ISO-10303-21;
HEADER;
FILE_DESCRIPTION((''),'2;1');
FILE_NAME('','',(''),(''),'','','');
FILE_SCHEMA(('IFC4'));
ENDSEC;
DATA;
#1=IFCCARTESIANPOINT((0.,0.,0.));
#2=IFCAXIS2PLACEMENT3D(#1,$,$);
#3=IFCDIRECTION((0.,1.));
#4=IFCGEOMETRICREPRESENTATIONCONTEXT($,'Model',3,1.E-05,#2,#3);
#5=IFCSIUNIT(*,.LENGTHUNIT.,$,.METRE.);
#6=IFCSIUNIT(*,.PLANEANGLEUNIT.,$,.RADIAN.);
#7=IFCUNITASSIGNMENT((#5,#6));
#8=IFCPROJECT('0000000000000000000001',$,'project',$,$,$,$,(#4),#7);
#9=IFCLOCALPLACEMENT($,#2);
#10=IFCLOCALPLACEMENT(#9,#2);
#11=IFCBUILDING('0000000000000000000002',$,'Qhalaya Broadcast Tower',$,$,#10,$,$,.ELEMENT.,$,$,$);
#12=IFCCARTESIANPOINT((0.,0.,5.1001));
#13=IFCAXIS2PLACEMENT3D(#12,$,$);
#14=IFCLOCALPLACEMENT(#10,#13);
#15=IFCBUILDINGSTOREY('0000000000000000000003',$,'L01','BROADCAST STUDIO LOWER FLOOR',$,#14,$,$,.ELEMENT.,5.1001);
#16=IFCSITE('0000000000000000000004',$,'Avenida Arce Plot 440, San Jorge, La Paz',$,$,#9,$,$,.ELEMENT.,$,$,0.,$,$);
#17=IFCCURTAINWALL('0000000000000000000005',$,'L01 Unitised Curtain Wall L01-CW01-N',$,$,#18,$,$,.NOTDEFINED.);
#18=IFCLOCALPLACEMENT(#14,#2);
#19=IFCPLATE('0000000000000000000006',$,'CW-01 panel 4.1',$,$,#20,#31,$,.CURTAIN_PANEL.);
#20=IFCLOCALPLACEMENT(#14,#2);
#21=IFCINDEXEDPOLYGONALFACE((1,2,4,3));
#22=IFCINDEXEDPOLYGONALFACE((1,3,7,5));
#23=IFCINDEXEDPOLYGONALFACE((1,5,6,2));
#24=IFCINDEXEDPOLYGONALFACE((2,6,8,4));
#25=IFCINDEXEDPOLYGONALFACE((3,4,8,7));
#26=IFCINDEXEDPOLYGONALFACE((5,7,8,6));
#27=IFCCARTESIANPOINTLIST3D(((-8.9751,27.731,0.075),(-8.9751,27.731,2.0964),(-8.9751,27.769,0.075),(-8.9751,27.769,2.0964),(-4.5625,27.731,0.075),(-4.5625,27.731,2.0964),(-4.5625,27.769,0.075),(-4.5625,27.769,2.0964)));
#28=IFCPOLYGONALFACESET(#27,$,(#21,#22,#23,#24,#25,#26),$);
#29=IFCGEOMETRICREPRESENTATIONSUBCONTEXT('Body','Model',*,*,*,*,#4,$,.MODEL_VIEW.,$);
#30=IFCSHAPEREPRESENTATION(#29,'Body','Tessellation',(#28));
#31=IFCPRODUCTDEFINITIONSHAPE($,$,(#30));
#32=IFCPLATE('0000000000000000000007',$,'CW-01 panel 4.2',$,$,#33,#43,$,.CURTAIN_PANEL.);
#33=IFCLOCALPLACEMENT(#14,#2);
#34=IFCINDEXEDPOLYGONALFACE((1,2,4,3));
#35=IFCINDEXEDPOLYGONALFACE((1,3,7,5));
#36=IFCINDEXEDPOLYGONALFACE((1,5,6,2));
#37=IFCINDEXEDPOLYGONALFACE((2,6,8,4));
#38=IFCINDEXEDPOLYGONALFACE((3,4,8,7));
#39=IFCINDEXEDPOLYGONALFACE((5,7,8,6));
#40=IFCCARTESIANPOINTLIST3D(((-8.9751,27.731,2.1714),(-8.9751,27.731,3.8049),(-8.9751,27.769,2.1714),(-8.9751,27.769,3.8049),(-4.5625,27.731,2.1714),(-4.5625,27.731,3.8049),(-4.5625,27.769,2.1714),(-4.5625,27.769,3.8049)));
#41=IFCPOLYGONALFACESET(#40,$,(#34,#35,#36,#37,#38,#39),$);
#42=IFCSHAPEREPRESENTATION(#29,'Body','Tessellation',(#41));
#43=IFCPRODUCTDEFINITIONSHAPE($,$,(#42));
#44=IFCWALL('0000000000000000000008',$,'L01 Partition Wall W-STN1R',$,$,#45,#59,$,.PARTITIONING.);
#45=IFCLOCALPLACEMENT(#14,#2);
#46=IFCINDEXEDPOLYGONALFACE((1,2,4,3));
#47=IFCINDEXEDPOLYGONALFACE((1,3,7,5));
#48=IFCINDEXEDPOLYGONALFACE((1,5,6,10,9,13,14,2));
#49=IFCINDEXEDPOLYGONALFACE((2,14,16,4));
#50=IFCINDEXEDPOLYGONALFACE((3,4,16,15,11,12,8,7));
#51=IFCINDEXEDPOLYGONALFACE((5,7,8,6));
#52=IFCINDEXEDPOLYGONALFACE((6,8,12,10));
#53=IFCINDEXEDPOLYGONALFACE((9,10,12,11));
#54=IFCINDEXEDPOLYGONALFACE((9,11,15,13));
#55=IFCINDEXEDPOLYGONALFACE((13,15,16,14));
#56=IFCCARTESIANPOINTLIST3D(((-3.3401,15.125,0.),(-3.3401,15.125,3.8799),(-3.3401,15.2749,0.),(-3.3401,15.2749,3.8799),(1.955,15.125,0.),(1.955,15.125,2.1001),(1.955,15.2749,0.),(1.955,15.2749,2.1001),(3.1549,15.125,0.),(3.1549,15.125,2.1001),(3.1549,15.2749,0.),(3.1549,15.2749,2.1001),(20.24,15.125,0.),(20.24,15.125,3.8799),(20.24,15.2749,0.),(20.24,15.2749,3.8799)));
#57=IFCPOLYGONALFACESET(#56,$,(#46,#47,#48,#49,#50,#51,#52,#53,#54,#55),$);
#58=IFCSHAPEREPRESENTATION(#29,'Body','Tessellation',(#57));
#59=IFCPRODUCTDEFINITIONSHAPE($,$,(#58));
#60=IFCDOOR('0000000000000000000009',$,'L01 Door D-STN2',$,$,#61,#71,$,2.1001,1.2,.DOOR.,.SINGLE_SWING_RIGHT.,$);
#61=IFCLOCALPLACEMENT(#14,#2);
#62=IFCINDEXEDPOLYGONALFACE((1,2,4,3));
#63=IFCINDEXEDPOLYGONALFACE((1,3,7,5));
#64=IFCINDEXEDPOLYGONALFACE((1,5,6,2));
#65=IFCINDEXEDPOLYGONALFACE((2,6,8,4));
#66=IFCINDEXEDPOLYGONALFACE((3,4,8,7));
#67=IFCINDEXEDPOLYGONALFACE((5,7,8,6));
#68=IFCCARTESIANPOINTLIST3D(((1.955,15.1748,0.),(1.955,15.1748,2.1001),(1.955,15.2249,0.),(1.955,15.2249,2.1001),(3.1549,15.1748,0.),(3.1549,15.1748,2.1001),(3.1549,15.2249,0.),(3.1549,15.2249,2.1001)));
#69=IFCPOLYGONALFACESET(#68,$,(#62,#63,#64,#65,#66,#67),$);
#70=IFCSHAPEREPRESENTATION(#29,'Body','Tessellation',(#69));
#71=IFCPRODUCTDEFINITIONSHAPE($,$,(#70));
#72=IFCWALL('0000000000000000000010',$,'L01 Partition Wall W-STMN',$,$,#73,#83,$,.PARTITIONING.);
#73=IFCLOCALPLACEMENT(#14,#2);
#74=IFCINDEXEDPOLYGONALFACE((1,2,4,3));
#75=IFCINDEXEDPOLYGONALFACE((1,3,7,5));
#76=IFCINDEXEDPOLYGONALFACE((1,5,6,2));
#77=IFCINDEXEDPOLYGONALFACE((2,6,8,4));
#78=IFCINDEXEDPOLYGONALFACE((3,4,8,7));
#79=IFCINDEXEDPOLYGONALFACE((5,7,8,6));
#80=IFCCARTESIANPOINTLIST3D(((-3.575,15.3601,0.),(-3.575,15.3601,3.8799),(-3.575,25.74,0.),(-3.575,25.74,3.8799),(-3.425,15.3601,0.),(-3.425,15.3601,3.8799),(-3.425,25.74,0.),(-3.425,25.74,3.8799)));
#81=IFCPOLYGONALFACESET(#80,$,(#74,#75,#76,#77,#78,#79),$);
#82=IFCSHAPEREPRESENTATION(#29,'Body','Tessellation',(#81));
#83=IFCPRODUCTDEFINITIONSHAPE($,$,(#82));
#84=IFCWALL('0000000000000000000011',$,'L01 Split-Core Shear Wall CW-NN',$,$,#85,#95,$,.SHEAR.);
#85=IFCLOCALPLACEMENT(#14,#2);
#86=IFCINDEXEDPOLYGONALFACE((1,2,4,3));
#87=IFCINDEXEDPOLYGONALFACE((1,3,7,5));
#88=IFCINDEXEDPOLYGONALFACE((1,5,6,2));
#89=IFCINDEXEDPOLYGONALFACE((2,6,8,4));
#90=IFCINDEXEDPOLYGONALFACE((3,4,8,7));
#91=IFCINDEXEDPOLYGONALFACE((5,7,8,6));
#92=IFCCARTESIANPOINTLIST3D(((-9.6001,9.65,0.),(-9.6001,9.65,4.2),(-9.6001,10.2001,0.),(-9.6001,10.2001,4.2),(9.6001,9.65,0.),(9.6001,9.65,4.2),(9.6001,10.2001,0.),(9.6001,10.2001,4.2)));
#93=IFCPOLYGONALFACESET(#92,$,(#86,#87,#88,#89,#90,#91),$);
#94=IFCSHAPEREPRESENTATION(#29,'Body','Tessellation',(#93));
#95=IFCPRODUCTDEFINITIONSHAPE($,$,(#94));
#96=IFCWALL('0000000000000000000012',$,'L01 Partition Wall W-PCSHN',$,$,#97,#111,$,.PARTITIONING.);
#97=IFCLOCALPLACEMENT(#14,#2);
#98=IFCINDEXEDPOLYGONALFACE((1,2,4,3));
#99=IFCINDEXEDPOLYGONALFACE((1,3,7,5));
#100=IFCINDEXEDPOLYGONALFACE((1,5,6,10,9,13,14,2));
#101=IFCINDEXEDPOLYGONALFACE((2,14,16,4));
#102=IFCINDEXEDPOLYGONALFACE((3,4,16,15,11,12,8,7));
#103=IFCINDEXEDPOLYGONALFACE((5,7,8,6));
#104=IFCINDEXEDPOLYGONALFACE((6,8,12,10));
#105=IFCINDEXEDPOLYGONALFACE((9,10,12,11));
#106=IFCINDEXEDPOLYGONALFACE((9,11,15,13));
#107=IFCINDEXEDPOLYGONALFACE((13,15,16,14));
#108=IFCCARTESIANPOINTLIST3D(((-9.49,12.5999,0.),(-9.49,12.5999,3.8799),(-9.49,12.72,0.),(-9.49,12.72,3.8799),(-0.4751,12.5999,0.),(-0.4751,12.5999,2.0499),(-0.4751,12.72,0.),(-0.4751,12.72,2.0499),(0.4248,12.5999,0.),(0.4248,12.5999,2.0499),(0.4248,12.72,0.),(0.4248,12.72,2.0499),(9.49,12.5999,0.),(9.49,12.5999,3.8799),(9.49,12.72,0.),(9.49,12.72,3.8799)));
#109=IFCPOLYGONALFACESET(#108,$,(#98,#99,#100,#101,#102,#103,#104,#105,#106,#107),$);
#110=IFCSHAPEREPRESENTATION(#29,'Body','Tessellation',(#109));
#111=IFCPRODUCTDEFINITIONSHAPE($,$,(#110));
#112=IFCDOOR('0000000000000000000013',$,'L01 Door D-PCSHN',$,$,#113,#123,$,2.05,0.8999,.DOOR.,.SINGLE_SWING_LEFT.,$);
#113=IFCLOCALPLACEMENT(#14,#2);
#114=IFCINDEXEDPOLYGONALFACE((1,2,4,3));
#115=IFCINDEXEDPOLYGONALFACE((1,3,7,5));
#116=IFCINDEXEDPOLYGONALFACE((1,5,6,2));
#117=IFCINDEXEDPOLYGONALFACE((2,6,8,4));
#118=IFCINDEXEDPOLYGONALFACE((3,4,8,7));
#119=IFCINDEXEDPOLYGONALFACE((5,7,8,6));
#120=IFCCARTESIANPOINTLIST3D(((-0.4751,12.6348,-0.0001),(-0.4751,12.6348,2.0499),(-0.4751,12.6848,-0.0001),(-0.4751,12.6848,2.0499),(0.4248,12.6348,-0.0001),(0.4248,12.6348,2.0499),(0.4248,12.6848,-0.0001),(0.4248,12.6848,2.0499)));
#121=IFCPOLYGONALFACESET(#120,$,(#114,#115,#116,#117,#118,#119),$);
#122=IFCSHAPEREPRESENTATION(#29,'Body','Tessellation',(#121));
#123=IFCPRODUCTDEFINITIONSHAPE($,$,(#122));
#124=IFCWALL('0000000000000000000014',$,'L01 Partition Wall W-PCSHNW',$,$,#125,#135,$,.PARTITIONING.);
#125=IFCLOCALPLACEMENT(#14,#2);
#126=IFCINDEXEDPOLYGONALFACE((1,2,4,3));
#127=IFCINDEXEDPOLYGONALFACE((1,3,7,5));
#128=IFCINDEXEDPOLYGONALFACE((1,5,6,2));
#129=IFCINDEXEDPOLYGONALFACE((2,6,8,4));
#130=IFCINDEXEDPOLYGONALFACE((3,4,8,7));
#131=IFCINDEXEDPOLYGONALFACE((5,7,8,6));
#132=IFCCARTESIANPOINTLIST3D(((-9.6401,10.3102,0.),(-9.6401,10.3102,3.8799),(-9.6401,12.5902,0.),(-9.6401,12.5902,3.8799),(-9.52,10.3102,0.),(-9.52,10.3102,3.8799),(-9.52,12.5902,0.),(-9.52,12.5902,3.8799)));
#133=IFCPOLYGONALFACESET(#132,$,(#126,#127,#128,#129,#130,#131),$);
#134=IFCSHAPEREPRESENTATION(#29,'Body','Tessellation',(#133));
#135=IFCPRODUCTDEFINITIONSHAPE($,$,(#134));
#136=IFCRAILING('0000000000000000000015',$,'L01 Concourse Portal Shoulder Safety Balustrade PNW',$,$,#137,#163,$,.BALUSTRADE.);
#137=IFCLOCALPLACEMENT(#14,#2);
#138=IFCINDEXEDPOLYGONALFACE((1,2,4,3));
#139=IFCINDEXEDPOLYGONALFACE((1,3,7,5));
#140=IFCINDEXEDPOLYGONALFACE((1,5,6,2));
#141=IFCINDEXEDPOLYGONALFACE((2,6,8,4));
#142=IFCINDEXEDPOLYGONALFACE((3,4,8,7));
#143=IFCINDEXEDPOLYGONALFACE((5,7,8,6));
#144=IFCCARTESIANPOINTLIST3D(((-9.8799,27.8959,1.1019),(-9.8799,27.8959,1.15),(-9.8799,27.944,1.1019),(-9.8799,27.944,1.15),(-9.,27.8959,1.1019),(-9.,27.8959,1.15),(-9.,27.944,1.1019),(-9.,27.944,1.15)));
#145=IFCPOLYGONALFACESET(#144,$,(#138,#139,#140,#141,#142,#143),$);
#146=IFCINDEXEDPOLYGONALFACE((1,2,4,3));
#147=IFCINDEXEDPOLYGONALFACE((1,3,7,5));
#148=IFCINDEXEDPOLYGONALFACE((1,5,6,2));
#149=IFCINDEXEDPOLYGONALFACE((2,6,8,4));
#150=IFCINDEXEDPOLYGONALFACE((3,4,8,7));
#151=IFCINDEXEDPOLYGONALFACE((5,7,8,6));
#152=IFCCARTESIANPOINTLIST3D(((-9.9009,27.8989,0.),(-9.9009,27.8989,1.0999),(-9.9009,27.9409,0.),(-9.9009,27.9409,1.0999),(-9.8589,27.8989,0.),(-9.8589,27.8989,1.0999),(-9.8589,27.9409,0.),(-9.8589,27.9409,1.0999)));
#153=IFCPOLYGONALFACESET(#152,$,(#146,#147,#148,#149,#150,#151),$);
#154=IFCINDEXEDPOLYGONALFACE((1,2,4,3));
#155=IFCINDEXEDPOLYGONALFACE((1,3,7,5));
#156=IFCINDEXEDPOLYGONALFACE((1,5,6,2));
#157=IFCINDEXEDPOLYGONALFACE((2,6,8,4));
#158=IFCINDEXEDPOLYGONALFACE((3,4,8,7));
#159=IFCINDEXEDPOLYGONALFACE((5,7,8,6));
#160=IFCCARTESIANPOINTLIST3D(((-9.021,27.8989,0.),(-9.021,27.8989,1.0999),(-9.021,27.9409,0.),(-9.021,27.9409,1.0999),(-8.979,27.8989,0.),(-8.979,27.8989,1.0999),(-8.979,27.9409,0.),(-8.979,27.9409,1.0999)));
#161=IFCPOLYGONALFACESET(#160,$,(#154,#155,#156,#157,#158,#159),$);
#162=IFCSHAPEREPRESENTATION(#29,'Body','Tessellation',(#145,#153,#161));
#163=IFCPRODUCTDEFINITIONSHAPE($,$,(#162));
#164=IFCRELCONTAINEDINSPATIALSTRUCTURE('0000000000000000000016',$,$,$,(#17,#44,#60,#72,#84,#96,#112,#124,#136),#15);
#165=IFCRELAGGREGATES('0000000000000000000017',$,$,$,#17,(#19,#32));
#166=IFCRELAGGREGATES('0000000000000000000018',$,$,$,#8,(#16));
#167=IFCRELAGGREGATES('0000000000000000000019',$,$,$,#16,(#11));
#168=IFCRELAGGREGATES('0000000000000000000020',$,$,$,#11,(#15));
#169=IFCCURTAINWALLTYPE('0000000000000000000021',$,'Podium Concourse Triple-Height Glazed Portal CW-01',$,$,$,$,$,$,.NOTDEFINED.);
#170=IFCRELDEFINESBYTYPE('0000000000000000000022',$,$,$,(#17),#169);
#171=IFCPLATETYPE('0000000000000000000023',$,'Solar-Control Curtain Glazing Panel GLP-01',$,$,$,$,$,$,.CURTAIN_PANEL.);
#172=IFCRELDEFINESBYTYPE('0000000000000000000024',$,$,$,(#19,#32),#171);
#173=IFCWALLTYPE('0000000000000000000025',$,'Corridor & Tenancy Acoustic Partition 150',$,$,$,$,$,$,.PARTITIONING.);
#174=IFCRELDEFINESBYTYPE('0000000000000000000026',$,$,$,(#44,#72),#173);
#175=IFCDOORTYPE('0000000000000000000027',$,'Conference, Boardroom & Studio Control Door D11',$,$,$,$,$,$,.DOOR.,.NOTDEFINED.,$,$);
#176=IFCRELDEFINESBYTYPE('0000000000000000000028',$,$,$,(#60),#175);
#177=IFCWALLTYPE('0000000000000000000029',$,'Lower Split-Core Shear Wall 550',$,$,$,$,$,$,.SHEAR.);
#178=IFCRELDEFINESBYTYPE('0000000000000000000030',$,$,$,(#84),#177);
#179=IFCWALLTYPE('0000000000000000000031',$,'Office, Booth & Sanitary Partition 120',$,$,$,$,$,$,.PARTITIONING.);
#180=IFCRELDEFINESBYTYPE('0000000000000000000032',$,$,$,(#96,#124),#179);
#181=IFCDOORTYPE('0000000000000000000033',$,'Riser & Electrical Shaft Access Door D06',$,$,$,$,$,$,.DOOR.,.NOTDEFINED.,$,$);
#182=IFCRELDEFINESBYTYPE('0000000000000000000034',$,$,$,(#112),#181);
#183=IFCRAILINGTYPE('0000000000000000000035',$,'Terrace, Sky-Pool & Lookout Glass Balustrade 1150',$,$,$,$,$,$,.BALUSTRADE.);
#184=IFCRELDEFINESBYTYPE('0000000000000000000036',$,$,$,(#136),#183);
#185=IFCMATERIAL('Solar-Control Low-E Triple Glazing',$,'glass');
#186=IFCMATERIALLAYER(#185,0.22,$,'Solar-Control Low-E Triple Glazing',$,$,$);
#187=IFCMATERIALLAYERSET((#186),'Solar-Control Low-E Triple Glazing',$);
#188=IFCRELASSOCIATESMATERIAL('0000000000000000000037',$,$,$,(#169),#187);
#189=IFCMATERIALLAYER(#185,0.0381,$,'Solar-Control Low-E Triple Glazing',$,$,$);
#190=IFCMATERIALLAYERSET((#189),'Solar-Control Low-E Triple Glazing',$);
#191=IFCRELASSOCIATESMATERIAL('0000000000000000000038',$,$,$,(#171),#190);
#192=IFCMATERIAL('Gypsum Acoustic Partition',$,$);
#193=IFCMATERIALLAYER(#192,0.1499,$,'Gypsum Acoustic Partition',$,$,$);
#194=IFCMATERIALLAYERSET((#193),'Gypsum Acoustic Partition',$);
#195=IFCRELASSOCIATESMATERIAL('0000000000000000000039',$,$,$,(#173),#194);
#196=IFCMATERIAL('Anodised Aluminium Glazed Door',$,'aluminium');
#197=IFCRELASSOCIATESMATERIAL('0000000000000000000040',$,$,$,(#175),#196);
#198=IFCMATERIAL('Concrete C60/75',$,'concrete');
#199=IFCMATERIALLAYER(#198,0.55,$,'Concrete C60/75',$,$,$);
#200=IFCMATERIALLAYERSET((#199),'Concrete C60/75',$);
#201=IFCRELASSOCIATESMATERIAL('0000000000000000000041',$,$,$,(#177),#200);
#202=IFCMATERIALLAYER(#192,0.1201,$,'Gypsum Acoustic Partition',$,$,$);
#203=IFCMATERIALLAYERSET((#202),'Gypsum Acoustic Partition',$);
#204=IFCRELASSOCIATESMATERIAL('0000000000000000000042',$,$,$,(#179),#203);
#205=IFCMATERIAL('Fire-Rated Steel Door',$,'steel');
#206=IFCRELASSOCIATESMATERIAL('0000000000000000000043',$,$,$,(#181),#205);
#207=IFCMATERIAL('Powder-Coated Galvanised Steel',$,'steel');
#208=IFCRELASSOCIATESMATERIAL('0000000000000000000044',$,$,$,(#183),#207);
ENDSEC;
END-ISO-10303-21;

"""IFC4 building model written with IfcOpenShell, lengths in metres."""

from ifc_helpers import new_model, si_unit, direction, frame, frame_2d, origin, origin_2d, place, context, subcontext, project, spatial, rectangle, extrude, material, layer, layer_set, type_object, element, fill, aggregate, save


model = new_model("IFC4")

# Units and contexts
model_context = context("Model", 3, precision=1e-05, world=origin(), true_north=direction((0.0, 1.0)))
body_context = subcontext(model_context, "Body", "Model", "MODEL_VIEW")
ifc_project = project(units=[si_unit("LENGTHUNIT", "METRE"), si_unit("PLANEANGLEUNIT", "RADIAN")], contexts=[model_context])

# Site, building, storey
site_placement = place(None, origin())
site = spatial("IfcSite", under=ifc_project, at=site_placement, Name="Avenida Arce Plot 440, San Jorge, La Paz", CompositionType="ELEMENT", RefElevation=0.0)
building_placement = place(site_placement, origin())
building = spatial("IfcBuilding", under=site, at=building_placement, Name="Qhalaya Broadcast Tower", CompositionType="ELEMENT")
storey_placement = place(building_placement, frame((0.0, 0.0, 5.1001)))
storey = spatial("IfcBuildingStorey", under=building, at=storey_placement, Name="L01", Description="BROADCAST STUDIO LOWER FLOOR", CompositionType="ELEMENT", Elevation=5.1001)

# Shared definitions
ifc_material_1 = material(Name="Concrete C60/75", Category="concrete")

# Curtain wall, plates
ifc_material_2 = material(Name="Solar-Control Low-E Triple Glazing", Category="glass")
ifc_layer_1 = layer(ifc_material_2, 0.22, Name="Solar-Control Low-E Triple Glazing")
ifc_layer_set_1 = layer_set([ifc_layer_1], Name="Solar-Control Low-E Triple Glazing")
curtain_wall_type = type_object("IfcCurtainWallType", Name="Podium Concourse Triple-Height Glazed Portal CW-01", PredefinedType="NOTDEFINED", material=ifc_layer_set_1)
curtain_wall_placement = place(storey_placement, origin())
curtain_wall = element("IfcCurtainWall", 1, at=curtain_wall_placement, inside=storey, type_object=curtain_wall_type, Name="L01 Unitised Curtain Wall L01-CW01-N", PredefinedType="NOTDEFINED")
ifc_layer_2 = layer(ifc_material_2, 0.0381, Name="Solar-Control Low-E Triple Glazing")
ifc_layer_set_2 = layer_set([ifc_layer_2], Name="Solar-Control Low-E Triple Glazing")
plate_type = type_object("IfcPlateType", Name="Solar-Control Curtain Glazing Panel GLP-01", PredefinedType="CURTAIN_PANEL", material=ifc_layer_set_2)
plate_1_placement = place(storey_placement, frame((-6.7688, 27.75, 0.075), z_axis=(0.0, 0.0, 1.0), x_axis=(-1.0, 0.0, 0.0)))
plate_1 = element("IfcPlate", 2, at=plate_1_placement, type_object=plate_type, Name="CW-01 panel 4.1", PredefinedType="CURTAIN_PANEL", context=body_context, shape_type="SweptSolid", body=[
    extrude(rectangle(XDim=4.4126, YDim=0.0381, at=origin_2d()), origin(), (0.0, 0.0, 1.0), 2.0215),
])
plate_2_placement = place(storey_placement, frame((-6.7688, 27.75, 2.1714), z_axis=(0.0, 0.0, 1.0), x_axis=(-1.0, 0.0, 0.0)))
plate_2 = element("IfcPlate", 3, at=plate_2_placement, type_object=plate_type, Name="CW-01 panel 4.2", PredefinedType="CURTAIN_PANEL", context=body_context, shape_type="SweptSolid", body=[
    extrude(rectangle(XDim=4.4126, YDim=0.0381, at=origin_2d()), origin(), (0.0, 0.0, 1.0), 1.6335),
])
aggregate(curtain_wall, [plate_1, plate_2])

# Wall, opening, door
ifc_material_3 = material(Name="Gypsum Acoustic Partition")
ifc_layer_3 = layer(ifc_material_3, 0.1499, Name="Gypsum Acoustic Partition")
ifc_layer_set_3 = layer_set([ifc_layer_3], Name="Gypsum Acoustic Partition")
wall_type_1 = type_object("IfcWallType", Name="Corridor & Tenancy Acoustic Partition 150", PredefinedType="PARTITIONING", material=ifc_layer_set_3)
wall_1_placement = place(storey_placement, frame((-3.3401, 15.2, 0.0), z_axis=(0.0, 0.0, 1.0), x_axis=(1.0, 0.0, 0.0)))
wall_1 = element("IfcWall", 4, at=wall_1_placement, inside=storey, type_object=wall_type_1, Name="L01 Partition Wall W-STN1R", PredefinedType="PARTITIONING", context=body_context, shape_type="SweptSolid", body=[
    extrude(rectangle(XDim=23.5801, YDim=0.1499, at=frame_2d((11.79, 0.0))), origin(), (0.0, 0.0, 1.0), 3.8799),
])
opening_1_placement = place(wall_1_placement, frame((5.2949, 0.0, 0.0)))
opening_1 = element("IfcOpeningElement", 5, at=opening_1_placement, cuts=wall_1, PredefinedType="OPENING", context=body_context, shape_type="SweptSolid", body=[
    extrude(rectangle(XDim=1.2, YDim=2.1001, at=frame_2d((0.6001, 1.05))), frame((0.0, 0.0869, 0.0), z_axis=(0.0, -1.0, 0.0), x_axis=(1.0, 0.0, 0.0)), (0.0, 0.0, 1.0), 0.1738),
])
ifc_material_4 = material(Name="Anodised Aluminium Glazed Door", Category="aluminium")
door_type_1 = type_object("IfcDoorType", Name="Conference, Boardroom & Studio Control Door D11", OperationType="NOTDEFINED", PredefinedType="DOOR", material=ifc_material_4)
door_1_placement = place(opening_1_placement, origin())
door_1 = element("IfcDoor", 6, at=door_1_placement, inside=storey, type_object=door_type_1, Name="L01 Door D-STN2", OperationType="SINGLE_SWING_RIGHT", OverallHeight=2.1001, OverallWidth=1.2, PredefinedType="DOOR", context=body_context, shape_type="SweptSolid", body=[
    extrude(rectangle(XDim=1.2, YDim=2.1001, at=frame_2d((0.6001, 1.05))), frame((0.0, 0.0249, 0.0), z_axis=(0.0, -1.0, 0.0), x_axis=(1.0, 0.0, 0.0)), (0.0, 0.0, 1.0), 0.05),
])
fill(opening_1, door_1)

# Walls
wall_2_placement = place(storey_placement, frame((-3.5, 15.3601, 0.0), z_axis=(0.0, 0.0, 1.0), x_axis=(0.0, 1.0, 0.0)))
element("IfcWall", 7, at=wall_2_placement, inside=storey, type_object=wall_type_1, Name="L01 Partition Wall W-STMN", PredefinedType="PARTITIONING", context=body_context, shape_type="SweptSolid", body=[
    extrude(rectangle(XDim=10.3799, YDim=0.1499, at=frame_2d((5.1899, 0.0))), origin(), (0.0, 0.0, 1.0), 3.8799),
])
ifc_layer_4 = layer(ifc_material_1, 0.55, Name="Concrete C60/75")
ifc_layer_set_4 = layer_set([ifc_layer_4], Name="Concrete C60/75")
wall_type_2 = type_object("IfcWallType", Name="Lower Split-Core Shear Wall 550", PredefinedType="SHEAR", material=ifc_layer_set_4)
wall_3_placement = place(storey_placement, frame((-9.6001, 9.925, 0.0), z_axis=(0.0, 0.0, 1.0), x_axis=(1.0, 0.0, 0.0)))
element("IfcWall", 8, at=wall_3_placement, inside=storey, type_object=wall_type_2, Name="L01 Split-Core Shear Wall CW-NN", PredefinedType="SHEAR", context=body_context, shape_type="SweptSolid", body=[
    extrude(rectangle(XDim=19.2002, YDim=0.55, at=frame_2d((9.6001, 0.0))), origin(), (0.0, 0.0, 1.0), 4.2),
])

# Wall, opening, door
ifc_layer_5 = layer(ifc_material_3, 0.1201, Name="Gypsum Acoustic Partition")
ifc_layer_set_5 = layer_set([ifc_layer_5], Name="Gypsum Acoustic Partition")
wall_type_3 = type_object("IfcWallType", Name="Office, Booth & Sanitary Partition 120", PredefinedType="PARTITIONING", material=ifc_layer_set_5)
wall_4_placement = place(storey_placement, frame((-9.49, 12.6599, 0.0), z_axis=(0.0, 0.0, 1.0), x_axis=(1.0, 0.0, 0.0)))
wall_4 = element("IfcWall", 9, at=wall_4_placement, inside=storey, type_object=wall_type_3, Name="L01 Partition Wall W-PCSHN", PredefinedType="PARTITIONING", context=body_context, shape_type="SweptSolid", body=[
    extrude(rectangle(XDim=18.98, YDim=0.1201, at=frame_2d((9.49, 0.0))), origin(), (0.0, 0.0, 1.0), 3.8799),
])
opening_2_placement = place(wall_4_placement, frame((9.0149, 0.0, 0.0)))
opening_2 = element("IfcOpeningElement", 10, at=opening_2_placement, cuts=wall_4, PredefinedType="OPENING", context=body_context, shape_type="SweptSolid", body=[
    extrude(rectangle(XDim=0.8999, YDim=2.05, at=frame_2d((0.45, 1.0249))), frame((0.0, 0.072, 0.0), z_axis=(0.0, -1.0, 0.0), x_axis=(1.0, 0.0, 0.0)), (0.0, 0.0, 1.0), 0.144),
])
ifc_material_5 = material(Name="Fire-Rated Steel Door", Category="steel")
door_type_2 = type_object("IfcDoorType", Name="Riser & Electrical Shaft Access Door D06", OperationType="NOTDEFINED", PredefinedType="DOOR", material=ifc_material_5)
door_2_placement = place(opening_2_placement, origin())
door_2 = element("IfcDoor", 11, at=door_2_placement, inside=storey, type_object=door_type_2, Name="L01 Door D-PCSHN", OperationType="SINGLE_SWING_LEFT", OverallHeight=2.05, OverallWidth=0.8999, PredefinedType="DOOR", context=body_context, shape_type="SweptSolid", body=[
    extrude(rectangle(XDim=0.8999, YDim=2.05, at=frame_2d((0.45, 1.0249))), frame((0.0, 0.0249, 0.0), z_axis=(0.0, -1.0, 0.0), x_axis=(1.0, 0.0, 0.0)), (0.0, 0.0, 1.0), 0.05),
])
fill(opening_2, door_2)

# Wall
wall_5_placement = place(storey_placement, frame((-9.5801, 10.3101, 0.0), z_axis=(0.0, 0.0, 1.0), x_axis=(0.0, 1.0, 0.0)))
element("IfcWall", 12, at=wall_5_placement, inside=storey, type_object=wall_type_3, Name="L01 Partition Wall W-PCSHNW", PredefinedType="PARTITIONING", context=body_context, shape_type="SweptSolid", body=[
    extrude(rectangle(XDim=2.28, YDim=0.1201, at=frame_2d((1.1401, 0.0))), origin(), (0.0, 0.0, 1.0), 3.8799),
])

# Railing
ifc_material_6 = material(Name="Powder-Coated Galvanised Steel", Category="steel")
railing_type = type_object("IfcRailingType", Name="Terrace, Sky-Pool & Lookout Glass Balustrade 1150", PredefinedType="BALUSTRADE", material=ifc_material_6)
railing_placement = place(storey_placement, frame((-9.8799, 27.9199, 0.0)))
element("IfcRailing", 13, at=railing_placement, inside=storey, type_object=railing_type, Name="L01 Concourse Portal Shoulder Safety Balustrade PNW", PredefinedType="BALUSTRADE", context=body_context, shape_type="SweptSolid", body=[
    extrude(rectangle(XDim=0.0481, YDim=0.0481, at=origin_2d()), frame((0.0, 0.0, 1.126), z_axis=(1.0, 0.0, 0.0), x_axis=(0.0, 1.0, 0.0)), (0.0, 0.0, 1.0), 0.8799),
    extrude(rectangle(XDim=0.042, YDim=0.042, at=origin_2d()), origin(), (0.0, 0.0, 1.0), 1.0999),
    extrude(rectangle(XDim=0.042, YDim=0.042, at=origin_2d()), frame((0.8799, 0.0, 0.0)), (0.0, 0.0, 1.0), 1.0999),
])

save(model, "model.ifc")
